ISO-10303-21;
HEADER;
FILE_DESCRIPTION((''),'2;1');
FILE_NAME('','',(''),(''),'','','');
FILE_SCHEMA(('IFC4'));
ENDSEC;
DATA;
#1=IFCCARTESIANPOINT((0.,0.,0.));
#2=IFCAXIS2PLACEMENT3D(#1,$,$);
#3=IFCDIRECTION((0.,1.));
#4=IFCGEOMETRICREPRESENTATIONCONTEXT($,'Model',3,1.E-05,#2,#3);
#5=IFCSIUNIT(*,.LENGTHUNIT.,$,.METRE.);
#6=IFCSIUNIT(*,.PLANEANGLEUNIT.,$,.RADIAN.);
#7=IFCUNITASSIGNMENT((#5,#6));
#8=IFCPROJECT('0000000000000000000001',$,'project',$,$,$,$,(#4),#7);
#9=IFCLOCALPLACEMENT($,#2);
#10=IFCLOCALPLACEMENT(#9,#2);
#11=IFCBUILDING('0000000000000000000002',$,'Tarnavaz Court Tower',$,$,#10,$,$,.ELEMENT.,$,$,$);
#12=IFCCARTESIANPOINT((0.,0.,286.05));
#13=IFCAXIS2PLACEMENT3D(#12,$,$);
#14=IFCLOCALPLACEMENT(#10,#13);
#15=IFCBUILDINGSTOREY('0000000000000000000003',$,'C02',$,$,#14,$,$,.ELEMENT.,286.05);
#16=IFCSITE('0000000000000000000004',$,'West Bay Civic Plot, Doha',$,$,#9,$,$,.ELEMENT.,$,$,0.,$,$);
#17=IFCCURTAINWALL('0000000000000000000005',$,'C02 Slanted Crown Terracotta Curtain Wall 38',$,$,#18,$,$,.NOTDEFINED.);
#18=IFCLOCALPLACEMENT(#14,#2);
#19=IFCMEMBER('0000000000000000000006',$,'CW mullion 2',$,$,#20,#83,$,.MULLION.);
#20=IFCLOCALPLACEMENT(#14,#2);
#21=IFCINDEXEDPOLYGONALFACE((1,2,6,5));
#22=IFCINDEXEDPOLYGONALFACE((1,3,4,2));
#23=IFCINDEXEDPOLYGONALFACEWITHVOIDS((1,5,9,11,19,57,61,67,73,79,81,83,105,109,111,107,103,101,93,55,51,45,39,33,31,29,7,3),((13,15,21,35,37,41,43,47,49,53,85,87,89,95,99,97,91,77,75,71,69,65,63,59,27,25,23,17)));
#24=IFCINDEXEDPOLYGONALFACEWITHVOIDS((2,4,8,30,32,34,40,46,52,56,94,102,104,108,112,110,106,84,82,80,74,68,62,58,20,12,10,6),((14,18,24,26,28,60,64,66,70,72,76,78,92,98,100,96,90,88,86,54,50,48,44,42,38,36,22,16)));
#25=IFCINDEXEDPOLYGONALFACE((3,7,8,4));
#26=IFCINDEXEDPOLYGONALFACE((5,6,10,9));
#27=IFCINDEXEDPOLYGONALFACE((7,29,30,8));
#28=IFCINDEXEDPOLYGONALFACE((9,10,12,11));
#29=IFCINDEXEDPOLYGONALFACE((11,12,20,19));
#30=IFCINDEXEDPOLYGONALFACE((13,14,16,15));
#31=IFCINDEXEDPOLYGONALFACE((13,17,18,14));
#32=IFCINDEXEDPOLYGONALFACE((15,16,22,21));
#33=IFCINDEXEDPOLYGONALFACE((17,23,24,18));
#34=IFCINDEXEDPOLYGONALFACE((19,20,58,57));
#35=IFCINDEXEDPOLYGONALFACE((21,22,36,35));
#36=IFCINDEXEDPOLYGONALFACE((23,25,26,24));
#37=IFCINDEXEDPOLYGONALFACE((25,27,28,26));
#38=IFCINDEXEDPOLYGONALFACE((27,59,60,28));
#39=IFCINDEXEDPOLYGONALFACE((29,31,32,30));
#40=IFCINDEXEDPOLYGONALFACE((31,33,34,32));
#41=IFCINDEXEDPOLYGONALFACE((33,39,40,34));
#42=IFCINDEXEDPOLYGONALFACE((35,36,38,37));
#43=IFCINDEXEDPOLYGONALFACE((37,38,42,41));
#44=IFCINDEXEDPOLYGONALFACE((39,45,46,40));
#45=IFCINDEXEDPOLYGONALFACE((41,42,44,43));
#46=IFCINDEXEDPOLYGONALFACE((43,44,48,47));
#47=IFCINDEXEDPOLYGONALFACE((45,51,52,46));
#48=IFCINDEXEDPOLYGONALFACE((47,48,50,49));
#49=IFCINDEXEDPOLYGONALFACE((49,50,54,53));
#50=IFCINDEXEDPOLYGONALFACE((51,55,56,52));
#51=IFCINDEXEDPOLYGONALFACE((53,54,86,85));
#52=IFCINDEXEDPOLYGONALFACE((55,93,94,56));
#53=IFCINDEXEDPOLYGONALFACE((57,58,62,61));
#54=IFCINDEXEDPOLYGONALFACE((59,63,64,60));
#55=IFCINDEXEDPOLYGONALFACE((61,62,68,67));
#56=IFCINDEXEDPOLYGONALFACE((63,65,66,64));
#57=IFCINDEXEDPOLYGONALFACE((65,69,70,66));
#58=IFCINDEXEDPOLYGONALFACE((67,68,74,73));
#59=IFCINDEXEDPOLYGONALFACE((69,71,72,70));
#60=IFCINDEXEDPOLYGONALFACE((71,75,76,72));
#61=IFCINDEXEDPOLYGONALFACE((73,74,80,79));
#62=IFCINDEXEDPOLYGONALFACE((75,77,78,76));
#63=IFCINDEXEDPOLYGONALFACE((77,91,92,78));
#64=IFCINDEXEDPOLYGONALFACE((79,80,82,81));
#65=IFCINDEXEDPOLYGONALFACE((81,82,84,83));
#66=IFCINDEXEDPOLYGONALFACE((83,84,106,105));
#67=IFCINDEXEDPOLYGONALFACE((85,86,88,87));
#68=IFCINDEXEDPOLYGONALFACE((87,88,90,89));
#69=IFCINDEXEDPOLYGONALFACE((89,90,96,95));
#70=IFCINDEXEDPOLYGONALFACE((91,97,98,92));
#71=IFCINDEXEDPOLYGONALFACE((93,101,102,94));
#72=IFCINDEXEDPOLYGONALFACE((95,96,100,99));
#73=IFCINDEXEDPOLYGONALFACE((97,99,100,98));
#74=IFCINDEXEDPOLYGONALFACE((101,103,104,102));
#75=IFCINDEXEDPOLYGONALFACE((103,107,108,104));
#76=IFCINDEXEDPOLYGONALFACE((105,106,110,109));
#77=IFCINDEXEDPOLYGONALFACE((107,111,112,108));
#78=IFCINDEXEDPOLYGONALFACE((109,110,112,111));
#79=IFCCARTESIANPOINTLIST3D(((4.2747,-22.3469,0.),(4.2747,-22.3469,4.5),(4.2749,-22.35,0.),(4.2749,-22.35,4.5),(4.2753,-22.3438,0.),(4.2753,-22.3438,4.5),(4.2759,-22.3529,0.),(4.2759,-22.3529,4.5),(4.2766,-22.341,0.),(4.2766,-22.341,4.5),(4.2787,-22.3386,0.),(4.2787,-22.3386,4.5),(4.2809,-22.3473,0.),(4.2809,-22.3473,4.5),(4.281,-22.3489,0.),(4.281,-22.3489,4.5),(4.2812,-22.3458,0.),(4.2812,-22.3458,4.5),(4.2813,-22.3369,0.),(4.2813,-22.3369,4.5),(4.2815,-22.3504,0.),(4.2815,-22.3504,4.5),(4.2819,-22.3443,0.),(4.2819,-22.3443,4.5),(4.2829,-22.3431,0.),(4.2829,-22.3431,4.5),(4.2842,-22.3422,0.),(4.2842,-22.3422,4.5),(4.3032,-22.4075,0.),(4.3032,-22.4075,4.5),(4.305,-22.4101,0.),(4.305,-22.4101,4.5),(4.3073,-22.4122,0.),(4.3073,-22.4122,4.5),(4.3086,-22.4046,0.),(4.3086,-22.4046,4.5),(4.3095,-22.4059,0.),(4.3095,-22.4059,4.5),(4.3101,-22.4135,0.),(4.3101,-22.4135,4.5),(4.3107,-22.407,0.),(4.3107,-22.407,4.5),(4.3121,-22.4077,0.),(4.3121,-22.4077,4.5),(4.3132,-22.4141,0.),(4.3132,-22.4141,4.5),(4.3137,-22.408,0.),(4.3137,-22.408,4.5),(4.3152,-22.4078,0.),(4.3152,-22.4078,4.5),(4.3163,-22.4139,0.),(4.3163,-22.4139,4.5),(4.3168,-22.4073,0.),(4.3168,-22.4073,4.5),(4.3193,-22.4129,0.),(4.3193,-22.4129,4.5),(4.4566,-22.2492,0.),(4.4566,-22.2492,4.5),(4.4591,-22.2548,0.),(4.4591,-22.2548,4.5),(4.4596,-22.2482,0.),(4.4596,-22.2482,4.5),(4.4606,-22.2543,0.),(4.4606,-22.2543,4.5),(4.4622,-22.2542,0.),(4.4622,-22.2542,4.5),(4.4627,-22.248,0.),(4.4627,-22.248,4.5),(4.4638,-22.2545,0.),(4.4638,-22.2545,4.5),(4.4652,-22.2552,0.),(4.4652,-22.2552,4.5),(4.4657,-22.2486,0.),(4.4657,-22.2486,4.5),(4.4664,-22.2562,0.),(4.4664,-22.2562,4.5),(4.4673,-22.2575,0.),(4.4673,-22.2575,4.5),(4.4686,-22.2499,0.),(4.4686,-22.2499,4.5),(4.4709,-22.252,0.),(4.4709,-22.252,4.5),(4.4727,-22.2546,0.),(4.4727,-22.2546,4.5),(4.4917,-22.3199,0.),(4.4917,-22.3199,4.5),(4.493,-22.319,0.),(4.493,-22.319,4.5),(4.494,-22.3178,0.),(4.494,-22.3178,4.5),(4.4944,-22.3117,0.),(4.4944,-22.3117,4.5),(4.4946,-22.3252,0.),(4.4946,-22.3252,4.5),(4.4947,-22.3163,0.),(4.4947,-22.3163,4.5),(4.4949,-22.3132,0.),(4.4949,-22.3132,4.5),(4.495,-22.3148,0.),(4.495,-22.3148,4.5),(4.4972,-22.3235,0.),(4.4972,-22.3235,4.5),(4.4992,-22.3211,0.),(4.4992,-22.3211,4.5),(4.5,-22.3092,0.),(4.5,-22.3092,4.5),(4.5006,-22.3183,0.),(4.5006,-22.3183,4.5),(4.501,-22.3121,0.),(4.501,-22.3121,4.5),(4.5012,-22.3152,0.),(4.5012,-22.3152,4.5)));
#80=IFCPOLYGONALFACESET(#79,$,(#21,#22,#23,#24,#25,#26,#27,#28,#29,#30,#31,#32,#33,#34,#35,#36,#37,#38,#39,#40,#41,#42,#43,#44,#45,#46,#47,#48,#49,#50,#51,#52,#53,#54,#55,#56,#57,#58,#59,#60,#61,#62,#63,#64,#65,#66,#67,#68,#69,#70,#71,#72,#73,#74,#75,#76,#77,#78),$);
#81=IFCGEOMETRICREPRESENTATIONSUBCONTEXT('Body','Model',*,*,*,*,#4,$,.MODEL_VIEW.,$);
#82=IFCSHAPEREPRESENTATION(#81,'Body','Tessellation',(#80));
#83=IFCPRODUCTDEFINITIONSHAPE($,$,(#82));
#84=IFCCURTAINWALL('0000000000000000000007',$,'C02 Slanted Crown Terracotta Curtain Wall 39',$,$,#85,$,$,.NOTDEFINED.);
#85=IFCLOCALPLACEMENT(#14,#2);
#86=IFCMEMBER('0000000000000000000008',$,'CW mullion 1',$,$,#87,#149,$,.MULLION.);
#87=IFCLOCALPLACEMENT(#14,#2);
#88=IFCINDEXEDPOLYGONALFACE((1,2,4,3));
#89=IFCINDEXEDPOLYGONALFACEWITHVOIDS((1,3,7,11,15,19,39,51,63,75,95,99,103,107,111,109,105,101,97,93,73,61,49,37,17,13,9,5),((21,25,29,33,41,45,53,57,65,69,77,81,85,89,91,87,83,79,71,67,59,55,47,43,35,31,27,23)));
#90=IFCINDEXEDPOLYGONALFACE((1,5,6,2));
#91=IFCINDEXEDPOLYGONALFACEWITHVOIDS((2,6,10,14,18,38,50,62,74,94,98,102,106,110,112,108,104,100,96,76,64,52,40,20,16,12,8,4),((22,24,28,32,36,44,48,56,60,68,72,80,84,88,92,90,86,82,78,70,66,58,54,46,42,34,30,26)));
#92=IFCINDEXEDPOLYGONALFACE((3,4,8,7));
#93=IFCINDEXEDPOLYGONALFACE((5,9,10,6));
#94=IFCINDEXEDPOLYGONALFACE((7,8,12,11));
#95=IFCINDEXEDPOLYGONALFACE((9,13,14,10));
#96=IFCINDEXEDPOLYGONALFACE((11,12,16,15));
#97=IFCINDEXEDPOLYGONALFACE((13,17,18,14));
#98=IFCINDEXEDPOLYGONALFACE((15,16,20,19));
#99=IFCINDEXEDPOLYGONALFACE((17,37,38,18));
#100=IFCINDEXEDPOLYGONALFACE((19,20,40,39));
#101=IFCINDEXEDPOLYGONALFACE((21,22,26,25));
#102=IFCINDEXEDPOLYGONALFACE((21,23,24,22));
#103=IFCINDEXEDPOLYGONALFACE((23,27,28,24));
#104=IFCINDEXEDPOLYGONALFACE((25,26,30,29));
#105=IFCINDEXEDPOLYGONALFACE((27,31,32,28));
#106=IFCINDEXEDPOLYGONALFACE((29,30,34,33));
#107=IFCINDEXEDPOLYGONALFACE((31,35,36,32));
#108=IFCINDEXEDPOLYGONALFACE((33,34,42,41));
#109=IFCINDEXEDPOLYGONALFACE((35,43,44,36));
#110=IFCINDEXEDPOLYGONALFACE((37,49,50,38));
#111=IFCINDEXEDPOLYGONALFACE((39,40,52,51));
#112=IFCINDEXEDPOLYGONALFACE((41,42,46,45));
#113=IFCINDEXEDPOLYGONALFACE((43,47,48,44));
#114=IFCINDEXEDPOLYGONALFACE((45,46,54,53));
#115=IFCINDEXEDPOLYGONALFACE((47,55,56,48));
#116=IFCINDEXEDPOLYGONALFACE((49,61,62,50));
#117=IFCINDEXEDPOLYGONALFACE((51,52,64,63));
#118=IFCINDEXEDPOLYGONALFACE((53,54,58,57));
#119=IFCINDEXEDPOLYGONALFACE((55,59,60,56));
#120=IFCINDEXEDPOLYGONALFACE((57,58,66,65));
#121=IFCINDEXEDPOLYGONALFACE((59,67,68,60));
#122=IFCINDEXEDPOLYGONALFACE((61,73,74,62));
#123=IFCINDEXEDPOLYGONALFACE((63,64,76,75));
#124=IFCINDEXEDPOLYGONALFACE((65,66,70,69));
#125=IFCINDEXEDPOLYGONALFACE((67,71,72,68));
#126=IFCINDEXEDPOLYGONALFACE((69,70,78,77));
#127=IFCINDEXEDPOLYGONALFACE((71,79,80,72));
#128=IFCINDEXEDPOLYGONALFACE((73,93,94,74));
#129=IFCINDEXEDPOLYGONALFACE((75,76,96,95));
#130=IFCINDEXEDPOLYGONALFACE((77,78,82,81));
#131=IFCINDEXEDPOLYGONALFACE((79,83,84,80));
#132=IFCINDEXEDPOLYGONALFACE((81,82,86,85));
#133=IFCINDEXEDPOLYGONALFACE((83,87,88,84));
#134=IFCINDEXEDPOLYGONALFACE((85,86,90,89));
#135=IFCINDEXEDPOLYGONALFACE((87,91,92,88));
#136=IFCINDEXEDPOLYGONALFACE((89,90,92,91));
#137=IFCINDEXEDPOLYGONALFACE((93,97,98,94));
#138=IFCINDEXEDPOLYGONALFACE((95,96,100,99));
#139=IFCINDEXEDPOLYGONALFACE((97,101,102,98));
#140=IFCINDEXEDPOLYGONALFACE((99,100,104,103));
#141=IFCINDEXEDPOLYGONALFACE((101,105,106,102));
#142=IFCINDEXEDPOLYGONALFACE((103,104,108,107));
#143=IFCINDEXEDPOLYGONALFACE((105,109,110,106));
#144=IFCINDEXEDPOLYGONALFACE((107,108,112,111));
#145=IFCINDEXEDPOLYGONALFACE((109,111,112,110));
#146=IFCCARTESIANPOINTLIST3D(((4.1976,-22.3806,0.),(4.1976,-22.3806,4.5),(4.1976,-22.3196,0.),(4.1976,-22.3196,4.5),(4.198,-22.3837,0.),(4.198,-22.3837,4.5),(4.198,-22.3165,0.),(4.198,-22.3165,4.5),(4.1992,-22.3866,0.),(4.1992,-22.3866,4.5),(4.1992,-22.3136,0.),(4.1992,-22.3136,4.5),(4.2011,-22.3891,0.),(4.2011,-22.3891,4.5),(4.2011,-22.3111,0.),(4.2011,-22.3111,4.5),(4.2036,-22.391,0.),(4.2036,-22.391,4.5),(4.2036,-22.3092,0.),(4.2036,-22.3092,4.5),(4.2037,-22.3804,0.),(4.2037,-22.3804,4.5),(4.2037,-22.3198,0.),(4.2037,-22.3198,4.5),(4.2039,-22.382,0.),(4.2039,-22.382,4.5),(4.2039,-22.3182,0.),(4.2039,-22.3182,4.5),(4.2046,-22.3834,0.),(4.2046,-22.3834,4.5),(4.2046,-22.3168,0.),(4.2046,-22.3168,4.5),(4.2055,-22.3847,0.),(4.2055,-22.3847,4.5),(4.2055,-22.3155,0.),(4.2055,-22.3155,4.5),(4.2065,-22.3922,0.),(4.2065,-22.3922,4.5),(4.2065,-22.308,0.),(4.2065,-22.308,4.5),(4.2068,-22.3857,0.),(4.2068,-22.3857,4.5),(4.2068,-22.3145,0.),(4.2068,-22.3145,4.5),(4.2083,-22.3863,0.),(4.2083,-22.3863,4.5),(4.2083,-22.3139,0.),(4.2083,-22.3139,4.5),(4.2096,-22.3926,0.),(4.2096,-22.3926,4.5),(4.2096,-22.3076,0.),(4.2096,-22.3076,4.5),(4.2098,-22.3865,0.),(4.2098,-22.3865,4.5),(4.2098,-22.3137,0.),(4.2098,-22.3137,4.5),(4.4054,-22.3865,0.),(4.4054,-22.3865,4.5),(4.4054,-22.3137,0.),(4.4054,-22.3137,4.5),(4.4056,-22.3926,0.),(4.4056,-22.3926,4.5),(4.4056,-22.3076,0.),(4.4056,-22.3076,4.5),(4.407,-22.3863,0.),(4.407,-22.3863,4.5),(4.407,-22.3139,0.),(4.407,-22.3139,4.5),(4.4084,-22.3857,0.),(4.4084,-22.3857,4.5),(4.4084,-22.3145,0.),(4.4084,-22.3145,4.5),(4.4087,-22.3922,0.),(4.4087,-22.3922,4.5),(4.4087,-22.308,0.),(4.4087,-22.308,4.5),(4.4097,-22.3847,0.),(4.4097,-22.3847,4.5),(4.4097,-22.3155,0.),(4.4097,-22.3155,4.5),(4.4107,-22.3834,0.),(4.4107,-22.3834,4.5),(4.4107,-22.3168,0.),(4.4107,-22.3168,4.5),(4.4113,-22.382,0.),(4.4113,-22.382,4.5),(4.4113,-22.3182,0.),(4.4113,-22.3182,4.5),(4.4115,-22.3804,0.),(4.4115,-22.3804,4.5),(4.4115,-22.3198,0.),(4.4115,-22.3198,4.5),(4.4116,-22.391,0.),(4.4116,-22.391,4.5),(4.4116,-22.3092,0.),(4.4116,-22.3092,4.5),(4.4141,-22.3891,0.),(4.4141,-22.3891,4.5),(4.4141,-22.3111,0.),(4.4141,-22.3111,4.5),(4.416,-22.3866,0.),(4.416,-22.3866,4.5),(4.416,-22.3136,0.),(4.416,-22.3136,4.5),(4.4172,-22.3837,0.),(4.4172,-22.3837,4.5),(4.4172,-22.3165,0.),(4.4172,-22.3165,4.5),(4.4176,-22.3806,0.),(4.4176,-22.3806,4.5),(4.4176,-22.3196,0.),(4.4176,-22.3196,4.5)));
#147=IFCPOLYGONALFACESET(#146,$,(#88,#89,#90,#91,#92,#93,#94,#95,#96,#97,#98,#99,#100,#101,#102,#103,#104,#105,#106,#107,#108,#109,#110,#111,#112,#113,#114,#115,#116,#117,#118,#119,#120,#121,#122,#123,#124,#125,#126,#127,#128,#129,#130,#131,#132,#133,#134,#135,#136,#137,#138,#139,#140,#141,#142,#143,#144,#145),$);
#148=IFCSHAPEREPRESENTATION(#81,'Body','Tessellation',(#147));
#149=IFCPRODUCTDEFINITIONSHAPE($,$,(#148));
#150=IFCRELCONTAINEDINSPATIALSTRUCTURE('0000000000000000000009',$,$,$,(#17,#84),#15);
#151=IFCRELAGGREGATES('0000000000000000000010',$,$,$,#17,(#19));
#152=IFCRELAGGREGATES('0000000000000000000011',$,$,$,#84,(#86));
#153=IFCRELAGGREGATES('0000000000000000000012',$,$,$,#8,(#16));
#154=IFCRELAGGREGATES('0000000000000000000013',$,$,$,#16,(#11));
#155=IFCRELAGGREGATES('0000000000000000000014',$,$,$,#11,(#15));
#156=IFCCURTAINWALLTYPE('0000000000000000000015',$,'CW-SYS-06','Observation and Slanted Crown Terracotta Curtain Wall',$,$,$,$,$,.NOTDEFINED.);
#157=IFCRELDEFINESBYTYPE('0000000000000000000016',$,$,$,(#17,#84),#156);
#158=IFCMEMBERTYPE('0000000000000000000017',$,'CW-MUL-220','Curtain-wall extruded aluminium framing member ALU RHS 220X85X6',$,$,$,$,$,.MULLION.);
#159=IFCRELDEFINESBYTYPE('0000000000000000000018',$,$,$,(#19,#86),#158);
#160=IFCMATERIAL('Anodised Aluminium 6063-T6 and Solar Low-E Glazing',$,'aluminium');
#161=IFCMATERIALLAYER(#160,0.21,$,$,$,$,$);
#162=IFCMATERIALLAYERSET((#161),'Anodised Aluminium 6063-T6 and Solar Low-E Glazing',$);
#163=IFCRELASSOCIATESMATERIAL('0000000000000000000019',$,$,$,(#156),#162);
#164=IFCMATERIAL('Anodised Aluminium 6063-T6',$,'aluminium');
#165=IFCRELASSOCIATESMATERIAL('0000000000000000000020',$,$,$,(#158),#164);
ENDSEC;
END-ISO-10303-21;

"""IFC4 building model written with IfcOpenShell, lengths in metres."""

from ifc_helpers import new_model, si_unit, direction, frame, origin, origin_2d, place, context, subcontext, project, spatial, hollow_rectangle, extrude, material, layer, layer_set, material_profile, profile_set, type_object, element, aggregate, save


model = new_model("IFC4")

# Units and contexts
model_context = context("Model", 3, precision=1e-05, world=origin(), true_north=direction((0.0, 1.0)))
body_context = subcontext(model_context, "Body", "Model", "MODEL_VIEW")
ifc_project = project(units=[si_unit("LENGTHUNIT", "METRE"), si_unit("PLANEANGLEUNIT", "RADIAN")], contexts=[model_context])

# Site, building, storey
site_placement = place(None, origin())
site = spatial("IfcSite", under=ifc_project, at=site_placement, Name="West Bay Civic Plot, Doha", CompositionType="ELEMENT", RefElevation=0.0)
building_placement = place(site_placement, origin())
building = spatial("IfcBuilding", under=site, at=building_placement, Name="Tarnavaz Court Tower", CompositionType="ELEMENT")
storey_placement = place(building_placement, frame((0.0, 0.0, 286.05)))
storey = spatial("IfcBuildingStorey", under=building, at=storey_placement, Name="C02", CompositionType="ELEMENT", Elevation=286.05)

# Shared definitions
ifc_material_1 = material(Name="Anodised Aluminium 6063-T6 and Solar Low-E Glazing", Category="aluminium")
ifc_layer_1 = layer(ifc_material_1, 0.21)
ifc_layer_set_1 = layer_set([ifc_layer_1], Name="Anodised Aluminium 6063-T6 and Solar Low-E Glazing")
curtain_wall_type = type_object("IfcCurtainWallType", Name="CW-SYS-06", Description="Observation and Slanted Crown Terracotta Curtain Wall", PredefinedType="NOTDEFINED", material=ifc_layer_set_1)
ifc_material_2 = material(Name="Anodised Aluminium 6063-T6", Category="aluminium")
ifc_material_profile_1 = material_profile(ifc_material_2, hollow_rectangle(XDim=0.085, YDim=0.22, WallThickness=0.0061, InnerFilletRadius=0.0061, OuterFilletRadius=0.012, at=origin_2d()), Name="ALU RHS 220X85X6")
ifc_profile_set_1 = profile_set([ifc_material_profile_1], Name="Anodised Aluminium 6063-T6")
member_type_1 = type_object("IfcMemberType", Name="CW-MUL-220", Description="Curtain-wall extruded aluminium framing member ALU RHS 220X85X6", PredefinedType="MULLION", material=ifc_profile_set_1)

# Curtain wall, member
curtain_wall_1_placement = place(storey_placement, origin())
curtain_wall_1 = element("IfcCurtainWall", 1, at=curtain_wall_1_placement, inside=storey, type_object=curtain_wall_type, Name="C02 Slanted Crown Terracotta Curtain Wall 38", PredefinedType="NOTDEFINED")
member_1_placement = place(storey_placement, frame((4.3879, -22.3311, 0.0), z_axis=(0.0, 0.0, 1.0), x_axis=(0.447214, -0.894427, 0.0)))
member_1 = element("IfcMember", 2, at=member_1_placement, type_object=member_type_1, Name="CW mullion 2", PredefinedType="MULLION", context=body_context, shape_type="SweptSolid", body=[
    extrude(hollow_rectangle(XDim=0.085, YDim=0.22, WallThickness=0.0061, InnerFilletRadius=0.0061, OuterFilletRadius=0.012, at=origin_2d()), origin(), (0.0, 0.0, 1.0), 4.5),
])

# Curtain wall, member
curtain_wall_2_placement = place(storey_placement, origin())
curtain_wall_2 = element("IfcCurtainWall", 3, at=curtain_wall_2_placement, inside=storey, type_object=curtain_wall_type, Name="C02 Slanted Crown Terracotta Curtain Wall 39", PredefinedType="NOTDEFINED")
member_2_placement = place(storey_placement, frame((4.3076, -22.3501, 0.0), z_axis=(0.0, 0.0, 1.0), x_axis=(0.0, -1.0, 0.0)))
member_2 = element("IfcMember", 4, at=member_2_placement, type_object=member_type_1, Name="CW mullion 1", PredefinedType="MULLION", context=body_context, shape_type="SweptSolid", body=[
    extrude(hollow_rectangle(XDim=0.085, YDim=0.22, WallThickness=0.0061, InnerFilletRadius=0.0061, OuterFilletRadius=0.012, at=origin_2d()), origin(), (0.0, 0.0, 1.0), 4.5),
])

aggregate(curtain_wall_1, [member_1])
aggregate(curtain_wall_2, [member_2])

save(model, "model.ifc")
